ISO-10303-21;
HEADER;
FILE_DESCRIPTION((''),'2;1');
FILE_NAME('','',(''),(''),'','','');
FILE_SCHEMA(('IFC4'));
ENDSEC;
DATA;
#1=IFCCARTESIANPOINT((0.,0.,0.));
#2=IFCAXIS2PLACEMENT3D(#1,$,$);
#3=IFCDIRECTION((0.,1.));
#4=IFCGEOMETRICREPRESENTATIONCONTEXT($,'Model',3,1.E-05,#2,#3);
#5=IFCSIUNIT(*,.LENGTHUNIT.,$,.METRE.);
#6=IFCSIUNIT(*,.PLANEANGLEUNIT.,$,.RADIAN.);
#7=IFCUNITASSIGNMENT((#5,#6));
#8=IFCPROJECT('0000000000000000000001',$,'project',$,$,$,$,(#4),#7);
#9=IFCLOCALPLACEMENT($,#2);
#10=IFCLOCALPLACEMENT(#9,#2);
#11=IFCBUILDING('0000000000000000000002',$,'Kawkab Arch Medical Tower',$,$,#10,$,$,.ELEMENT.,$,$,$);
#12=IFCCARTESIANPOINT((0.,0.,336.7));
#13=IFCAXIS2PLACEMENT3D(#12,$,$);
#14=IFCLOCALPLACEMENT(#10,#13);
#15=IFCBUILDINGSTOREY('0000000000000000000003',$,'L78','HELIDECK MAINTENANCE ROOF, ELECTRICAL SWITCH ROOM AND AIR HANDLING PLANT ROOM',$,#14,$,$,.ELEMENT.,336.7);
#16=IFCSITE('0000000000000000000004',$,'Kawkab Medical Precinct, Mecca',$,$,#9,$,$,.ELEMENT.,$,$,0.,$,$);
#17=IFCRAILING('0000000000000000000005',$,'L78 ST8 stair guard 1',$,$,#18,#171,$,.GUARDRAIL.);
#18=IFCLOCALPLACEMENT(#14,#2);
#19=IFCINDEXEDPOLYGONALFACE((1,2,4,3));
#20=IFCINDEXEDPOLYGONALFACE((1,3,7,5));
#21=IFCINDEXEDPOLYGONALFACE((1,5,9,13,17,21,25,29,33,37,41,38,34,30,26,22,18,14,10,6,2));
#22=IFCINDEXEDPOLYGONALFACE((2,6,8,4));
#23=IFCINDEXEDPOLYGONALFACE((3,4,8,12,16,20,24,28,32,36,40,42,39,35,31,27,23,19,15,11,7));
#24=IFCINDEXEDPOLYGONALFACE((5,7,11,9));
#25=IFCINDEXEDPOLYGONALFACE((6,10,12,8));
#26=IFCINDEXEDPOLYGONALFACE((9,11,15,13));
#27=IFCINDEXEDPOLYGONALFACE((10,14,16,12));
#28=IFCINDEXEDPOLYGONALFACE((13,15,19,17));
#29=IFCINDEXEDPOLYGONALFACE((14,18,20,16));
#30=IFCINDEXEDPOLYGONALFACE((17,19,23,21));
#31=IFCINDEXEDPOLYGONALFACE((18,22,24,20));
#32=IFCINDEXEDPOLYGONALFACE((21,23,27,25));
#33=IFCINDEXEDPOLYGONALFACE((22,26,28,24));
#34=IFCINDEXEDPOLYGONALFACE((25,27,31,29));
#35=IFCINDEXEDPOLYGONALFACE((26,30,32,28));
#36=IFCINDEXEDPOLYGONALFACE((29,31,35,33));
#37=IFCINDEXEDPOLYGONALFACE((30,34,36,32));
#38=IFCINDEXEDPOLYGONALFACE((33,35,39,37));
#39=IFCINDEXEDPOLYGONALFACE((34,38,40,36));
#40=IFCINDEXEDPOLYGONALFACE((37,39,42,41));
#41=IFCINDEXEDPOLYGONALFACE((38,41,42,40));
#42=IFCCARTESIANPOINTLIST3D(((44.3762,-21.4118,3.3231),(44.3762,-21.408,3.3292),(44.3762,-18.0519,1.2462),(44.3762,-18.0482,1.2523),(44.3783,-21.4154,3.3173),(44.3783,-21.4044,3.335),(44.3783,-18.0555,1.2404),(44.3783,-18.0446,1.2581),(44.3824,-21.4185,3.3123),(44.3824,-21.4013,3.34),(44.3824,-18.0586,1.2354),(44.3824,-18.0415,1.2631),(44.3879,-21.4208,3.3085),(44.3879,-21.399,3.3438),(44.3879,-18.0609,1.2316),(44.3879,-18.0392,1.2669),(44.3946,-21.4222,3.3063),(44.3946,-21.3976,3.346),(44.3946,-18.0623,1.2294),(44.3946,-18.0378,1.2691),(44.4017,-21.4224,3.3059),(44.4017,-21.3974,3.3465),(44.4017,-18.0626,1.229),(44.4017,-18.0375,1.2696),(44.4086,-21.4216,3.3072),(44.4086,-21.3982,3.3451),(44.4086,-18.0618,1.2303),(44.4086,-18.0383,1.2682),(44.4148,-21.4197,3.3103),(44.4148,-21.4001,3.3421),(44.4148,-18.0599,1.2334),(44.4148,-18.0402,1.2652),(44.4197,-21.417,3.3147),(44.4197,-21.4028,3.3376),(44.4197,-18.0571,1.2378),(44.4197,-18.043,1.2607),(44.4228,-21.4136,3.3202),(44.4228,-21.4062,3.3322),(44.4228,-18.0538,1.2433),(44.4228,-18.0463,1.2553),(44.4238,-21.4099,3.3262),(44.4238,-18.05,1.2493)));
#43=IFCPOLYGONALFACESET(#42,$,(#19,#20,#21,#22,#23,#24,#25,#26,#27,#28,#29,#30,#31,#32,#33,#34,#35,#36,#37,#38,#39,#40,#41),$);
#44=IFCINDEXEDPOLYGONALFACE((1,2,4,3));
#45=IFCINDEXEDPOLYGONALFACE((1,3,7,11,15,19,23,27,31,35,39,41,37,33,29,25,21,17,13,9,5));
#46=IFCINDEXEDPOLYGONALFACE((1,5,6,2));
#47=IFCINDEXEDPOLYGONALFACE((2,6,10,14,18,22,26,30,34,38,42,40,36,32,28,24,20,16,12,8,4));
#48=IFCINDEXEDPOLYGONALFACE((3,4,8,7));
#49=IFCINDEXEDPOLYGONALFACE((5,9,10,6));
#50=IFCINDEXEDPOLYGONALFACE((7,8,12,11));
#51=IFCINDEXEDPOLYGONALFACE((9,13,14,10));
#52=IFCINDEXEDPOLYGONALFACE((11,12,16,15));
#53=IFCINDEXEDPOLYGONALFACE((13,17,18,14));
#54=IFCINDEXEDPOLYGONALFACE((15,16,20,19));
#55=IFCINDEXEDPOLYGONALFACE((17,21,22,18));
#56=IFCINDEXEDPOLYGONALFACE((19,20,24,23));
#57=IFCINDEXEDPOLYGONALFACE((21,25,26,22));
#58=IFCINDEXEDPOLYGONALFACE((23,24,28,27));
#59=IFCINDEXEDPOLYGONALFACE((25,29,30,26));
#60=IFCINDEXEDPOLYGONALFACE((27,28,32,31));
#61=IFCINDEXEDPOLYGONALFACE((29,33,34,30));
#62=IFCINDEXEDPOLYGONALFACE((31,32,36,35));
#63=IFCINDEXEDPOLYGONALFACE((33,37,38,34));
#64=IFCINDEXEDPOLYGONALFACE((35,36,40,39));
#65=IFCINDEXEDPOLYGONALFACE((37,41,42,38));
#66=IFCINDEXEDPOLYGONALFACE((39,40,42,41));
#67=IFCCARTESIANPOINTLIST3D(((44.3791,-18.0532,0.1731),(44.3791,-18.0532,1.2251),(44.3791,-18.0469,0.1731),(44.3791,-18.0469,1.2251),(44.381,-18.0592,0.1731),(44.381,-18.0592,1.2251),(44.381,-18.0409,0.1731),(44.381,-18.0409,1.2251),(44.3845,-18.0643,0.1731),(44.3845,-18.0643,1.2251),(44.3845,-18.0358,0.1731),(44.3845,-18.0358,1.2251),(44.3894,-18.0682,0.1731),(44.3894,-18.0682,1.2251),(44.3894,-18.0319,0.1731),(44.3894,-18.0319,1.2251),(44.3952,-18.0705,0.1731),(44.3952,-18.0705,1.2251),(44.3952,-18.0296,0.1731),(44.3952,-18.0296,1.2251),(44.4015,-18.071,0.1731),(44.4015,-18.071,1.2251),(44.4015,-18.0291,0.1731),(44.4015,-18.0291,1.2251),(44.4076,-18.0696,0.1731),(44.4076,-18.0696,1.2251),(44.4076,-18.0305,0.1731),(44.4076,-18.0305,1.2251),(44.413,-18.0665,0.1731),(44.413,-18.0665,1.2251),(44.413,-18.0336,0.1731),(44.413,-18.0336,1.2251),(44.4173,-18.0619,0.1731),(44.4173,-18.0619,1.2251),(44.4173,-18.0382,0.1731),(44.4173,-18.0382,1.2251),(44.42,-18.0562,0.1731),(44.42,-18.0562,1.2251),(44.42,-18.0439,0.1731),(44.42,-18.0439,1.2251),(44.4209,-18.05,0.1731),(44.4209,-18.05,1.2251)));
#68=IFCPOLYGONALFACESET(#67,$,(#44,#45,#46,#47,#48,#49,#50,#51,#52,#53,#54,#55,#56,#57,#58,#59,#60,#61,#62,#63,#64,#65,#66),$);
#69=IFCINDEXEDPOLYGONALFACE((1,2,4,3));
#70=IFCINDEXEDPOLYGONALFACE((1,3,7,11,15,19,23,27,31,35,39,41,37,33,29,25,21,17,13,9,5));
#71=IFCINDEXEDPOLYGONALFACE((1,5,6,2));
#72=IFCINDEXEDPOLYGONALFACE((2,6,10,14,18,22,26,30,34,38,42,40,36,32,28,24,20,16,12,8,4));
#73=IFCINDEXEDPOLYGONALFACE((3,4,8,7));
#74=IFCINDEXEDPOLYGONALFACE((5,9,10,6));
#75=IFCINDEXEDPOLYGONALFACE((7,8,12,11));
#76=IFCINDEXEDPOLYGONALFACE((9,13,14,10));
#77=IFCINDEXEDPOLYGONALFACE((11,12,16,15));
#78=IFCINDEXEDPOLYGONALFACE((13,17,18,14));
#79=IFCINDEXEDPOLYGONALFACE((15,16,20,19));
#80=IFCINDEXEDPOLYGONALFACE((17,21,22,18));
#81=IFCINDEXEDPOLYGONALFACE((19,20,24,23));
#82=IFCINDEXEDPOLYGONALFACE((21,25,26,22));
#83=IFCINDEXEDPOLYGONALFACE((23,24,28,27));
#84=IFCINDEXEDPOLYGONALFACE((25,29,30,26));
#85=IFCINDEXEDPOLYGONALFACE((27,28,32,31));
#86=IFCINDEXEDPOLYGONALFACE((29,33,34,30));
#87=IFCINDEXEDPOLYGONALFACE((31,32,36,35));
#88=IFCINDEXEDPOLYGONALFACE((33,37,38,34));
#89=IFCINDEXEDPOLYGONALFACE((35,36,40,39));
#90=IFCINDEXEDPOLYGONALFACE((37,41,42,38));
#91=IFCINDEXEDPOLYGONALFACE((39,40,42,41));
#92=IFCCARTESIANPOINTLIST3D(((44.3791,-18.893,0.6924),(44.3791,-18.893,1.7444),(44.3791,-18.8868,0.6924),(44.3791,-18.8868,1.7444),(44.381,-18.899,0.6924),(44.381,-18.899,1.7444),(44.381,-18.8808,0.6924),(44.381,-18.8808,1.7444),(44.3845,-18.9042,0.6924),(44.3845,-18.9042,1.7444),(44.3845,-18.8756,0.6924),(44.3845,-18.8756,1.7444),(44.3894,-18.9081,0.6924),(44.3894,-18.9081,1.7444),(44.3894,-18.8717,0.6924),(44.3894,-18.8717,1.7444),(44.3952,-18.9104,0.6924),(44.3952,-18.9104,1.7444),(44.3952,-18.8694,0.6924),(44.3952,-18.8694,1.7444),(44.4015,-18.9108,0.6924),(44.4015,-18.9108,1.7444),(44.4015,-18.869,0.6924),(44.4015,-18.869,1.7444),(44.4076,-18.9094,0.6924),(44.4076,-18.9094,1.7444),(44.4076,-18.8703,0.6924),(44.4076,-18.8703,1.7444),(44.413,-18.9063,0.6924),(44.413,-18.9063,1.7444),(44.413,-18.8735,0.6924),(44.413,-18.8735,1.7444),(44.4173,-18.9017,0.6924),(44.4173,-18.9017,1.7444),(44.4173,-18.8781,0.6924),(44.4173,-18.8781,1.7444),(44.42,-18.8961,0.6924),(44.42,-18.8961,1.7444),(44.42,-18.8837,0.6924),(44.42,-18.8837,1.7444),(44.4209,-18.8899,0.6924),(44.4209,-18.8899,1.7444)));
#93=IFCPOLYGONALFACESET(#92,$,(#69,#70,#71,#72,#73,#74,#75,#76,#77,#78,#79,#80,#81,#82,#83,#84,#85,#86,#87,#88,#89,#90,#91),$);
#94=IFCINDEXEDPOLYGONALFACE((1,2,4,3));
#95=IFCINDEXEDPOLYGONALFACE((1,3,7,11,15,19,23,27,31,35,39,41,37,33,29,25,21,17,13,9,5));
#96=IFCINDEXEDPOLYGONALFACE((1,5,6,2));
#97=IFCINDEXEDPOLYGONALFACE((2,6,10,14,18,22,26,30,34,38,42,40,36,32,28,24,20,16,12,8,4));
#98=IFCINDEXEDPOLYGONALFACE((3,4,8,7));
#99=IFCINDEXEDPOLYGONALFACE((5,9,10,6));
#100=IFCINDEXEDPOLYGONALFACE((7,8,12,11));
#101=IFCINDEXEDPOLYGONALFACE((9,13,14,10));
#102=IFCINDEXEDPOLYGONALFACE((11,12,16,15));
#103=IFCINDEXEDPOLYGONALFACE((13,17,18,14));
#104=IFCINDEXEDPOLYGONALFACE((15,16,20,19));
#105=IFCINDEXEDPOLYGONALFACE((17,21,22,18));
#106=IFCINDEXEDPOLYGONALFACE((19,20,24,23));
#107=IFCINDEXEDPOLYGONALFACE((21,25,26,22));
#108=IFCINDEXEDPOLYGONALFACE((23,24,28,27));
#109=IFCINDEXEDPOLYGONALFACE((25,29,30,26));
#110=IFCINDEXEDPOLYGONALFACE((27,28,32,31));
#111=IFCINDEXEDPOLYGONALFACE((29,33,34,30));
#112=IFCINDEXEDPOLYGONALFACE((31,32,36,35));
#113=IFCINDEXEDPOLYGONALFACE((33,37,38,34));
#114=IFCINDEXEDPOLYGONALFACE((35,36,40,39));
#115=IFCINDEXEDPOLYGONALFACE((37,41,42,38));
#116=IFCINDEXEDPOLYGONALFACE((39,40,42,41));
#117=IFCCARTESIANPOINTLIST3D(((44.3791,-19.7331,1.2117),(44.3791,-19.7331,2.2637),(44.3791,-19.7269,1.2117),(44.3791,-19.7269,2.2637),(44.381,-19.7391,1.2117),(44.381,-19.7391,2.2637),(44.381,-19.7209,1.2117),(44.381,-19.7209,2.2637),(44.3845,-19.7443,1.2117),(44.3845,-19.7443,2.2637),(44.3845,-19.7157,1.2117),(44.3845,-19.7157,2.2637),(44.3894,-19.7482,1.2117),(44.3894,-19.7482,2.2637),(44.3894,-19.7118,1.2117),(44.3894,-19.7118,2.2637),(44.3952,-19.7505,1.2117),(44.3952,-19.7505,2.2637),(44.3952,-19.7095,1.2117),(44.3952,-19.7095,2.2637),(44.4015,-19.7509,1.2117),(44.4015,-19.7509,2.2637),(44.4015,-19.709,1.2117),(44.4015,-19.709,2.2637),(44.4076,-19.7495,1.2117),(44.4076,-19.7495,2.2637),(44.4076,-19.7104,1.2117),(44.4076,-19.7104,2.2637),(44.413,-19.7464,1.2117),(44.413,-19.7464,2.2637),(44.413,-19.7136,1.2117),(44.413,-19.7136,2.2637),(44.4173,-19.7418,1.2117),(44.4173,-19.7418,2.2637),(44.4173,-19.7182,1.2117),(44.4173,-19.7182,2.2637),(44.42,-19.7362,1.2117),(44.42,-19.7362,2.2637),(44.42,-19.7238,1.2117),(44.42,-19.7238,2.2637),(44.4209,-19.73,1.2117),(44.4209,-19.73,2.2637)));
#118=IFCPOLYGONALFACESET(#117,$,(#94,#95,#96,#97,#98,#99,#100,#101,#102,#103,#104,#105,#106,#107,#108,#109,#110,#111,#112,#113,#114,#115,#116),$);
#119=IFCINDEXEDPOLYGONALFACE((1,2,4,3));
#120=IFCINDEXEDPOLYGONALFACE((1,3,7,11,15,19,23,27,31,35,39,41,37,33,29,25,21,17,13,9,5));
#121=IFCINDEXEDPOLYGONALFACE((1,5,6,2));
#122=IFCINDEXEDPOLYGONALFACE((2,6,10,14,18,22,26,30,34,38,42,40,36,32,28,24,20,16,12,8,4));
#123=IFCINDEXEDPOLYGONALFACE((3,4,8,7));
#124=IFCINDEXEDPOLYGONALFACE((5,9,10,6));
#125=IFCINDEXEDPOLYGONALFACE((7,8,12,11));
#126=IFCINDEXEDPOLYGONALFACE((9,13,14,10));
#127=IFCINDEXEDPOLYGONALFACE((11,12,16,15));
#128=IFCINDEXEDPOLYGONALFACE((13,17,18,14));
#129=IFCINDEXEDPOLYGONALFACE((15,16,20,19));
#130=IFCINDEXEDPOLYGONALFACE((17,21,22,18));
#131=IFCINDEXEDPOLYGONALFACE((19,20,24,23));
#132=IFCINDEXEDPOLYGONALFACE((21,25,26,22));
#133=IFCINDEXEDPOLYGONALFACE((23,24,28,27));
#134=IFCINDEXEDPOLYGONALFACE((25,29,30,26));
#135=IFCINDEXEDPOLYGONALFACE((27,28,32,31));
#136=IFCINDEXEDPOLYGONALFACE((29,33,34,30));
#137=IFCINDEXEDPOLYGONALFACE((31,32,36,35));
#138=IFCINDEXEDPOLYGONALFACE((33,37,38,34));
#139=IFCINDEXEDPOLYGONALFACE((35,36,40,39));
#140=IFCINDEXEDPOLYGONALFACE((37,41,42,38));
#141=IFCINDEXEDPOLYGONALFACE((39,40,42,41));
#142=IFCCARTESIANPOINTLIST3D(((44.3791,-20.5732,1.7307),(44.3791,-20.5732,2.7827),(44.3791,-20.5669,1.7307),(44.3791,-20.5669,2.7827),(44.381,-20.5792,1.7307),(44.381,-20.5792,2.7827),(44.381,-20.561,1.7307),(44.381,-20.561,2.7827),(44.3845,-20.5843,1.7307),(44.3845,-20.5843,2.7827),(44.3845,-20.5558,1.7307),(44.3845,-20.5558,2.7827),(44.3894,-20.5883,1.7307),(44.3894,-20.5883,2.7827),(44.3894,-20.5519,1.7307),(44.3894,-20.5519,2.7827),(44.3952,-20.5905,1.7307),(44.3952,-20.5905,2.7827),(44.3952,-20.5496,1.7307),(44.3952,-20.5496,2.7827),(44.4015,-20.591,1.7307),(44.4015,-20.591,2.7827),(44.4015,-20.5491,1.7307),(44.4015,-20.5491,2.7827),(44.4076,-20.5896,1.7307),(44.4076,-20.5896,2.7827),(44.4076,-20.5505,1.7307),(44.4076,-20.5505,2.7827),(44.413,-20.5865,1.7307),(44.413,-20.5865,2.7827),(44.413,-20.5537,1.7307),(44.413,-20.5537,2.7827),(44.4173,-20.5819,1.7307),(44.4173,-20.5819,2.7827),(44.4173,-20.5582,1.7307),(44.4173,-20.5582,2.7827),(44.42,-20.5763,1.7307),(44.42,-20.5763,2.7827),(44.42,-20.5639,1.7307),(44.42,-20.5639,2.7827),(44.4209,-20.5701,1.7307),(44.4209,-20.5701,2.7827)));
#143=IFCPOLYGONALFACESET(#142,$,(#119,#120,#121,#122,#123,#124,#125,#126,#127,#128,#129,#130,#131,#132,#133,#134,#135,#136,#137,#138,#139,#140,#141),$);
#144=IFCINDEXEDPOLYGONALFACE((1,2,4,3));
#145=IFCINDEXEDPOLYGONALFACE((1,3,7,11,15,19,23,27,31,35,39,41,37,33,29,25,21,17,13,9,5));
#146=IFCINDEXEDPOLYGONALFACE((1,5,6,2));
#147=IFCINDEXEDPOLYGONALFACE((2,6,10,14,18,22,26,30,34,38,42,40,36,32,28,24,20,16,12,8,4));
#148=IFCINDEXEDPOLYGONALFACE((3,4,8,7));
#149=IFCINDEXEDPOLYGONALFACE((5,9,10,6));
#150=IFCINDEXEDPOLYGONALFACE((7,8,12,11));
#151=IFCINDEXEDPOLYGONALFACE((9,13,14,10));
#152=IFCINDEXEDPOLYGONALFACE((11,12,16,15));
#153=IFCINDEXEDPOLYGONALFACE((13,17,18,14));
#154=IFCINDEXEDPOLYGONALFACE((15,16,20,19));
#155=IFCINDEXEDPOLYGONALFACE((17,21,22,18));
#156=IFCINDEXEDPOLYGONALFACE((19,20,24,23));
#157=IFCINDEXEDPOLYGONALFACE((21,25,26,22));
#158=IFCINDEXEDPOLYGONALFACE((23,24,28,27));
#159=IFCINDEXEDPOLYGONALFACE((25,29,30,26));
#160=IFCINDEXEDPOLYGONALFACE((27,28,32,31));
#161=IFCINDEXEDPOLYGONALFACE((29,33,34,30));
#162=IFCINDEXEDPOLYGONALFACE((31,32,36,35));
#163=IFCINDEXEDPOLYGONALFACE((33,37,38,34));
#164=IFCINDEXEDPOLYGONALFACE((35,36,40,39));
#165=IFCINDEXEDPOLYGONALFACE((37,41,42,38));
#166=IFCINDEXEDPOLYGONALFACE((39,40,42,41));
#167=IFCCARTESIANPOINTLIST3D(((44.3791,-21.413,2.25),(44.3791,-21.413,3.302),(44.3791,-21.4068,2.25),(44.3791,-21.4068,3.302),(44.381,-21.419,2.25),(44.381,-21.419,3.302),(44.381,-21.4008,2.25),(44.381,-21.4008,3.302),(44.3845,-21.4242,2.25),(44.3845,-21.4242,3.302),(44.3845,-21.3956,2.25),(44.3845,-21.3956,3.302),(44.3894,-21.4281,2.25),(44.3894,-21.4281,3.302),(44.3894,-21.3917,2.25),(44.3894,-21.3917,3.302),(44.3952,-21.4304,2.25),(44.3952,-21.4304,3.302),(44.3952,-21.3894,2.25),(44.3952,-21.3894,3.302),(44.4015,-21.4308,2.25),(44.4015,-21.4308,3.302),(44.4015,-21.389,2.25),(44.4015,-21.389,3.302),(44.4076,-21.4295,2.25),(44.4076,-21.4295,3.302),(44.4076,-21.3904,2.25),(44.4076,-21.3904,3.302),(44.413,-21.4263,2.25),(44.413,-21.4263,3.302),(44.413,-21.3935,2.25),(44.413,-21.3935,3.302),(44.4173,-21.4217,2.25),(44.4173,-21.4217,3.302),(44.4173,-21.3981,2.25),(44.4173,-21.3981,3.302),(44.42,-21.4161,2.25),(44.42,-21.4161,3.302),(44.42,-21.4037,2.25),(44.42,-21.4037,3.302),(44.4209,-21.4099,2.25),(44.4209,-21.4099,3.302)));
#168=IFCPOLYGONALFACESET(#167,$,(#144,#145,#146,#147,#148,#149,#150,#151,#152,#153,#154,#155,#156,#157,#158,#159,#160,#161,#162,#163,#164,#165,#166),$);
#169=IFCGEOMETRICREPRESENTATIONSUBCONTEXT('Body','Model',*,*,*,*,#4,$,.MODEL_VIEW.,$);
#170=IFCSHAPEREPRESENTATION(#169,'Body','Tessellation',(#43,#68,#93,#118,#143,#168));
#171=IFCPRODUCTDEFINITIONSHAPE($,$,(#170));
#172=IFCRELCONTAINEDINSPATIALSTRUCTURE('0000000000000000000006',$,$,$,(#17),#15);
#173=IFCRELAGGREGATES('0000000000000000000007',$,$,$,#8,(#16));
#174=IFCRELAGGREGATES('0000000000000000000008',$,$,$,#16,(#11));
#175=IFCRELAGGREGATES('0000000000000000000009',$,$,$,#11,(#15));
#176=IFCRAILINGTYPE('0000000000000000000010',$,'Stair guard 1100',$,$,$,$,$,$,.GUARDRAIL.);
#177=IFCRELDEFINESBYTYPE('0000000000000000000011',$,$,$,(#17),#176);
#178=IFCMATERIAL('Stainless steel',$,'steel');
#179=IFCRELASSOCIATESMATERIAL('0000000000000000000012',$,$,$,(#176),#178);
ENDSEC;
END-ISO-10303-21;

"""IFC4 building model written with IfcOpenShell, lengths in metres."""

from ifc_helpers import new_model, si_unit, direction, frame, origin, origin_2d, place, context, subcontext, project, spatial, circle, extrude, material, type_object, element, save


model = new_model("IFC4")

# Units and contexts
model_context = context("Model", 3, precision=1e-05, world=origin(), true_north=direction((0.0, 1.0)))
body_context = subcontext(model_context, "Body", "Model", "MODEL_VIEW")
ifc_project = project(units=[si_unit("LENGTHUNIT", "METRE"), si_unit("PLANEANGLEUNIT", "RADIAN")], contexts=[model_context])

# Site, building, storey
site_placement = place(None, origin())
site = spatial("IfcSite", under=ifc_project, at=site_placement, Name="Kawkab Medical Precinct, Mecca", CompositionType="ELEMENT", RefElevation=0.0)
building_placement = place(site_placement, origin())
building = spatial("IfcBuilding", under=site, at=building_placement, Name="Kawkab Arch Medical Tower", CompositionType="ELEMENT")
storey_placement = place(building_placement, frame((0.0, 0.0, 336.7)))
storey = spatial("IfcBuildingStorey", under=building, at=storey_placement, Name="L78", Description="HELIDECK MAINTENANCE ROOF, ELECTRICAL SWITCH ROOM AND AIR HANDLING PLANT ROOM", CompositionType="ELEMENT", Elevation=336.7)

# Railing
ifc_material_1 = material(Name="Stainless steel", Category="steel")
railing_type = type_object("IfcRailingType", Name="Stair guard 1100", PredefinedType="GUARDRAIL", material=ifc_material_1)
railing_1_placement = place(storey_placement, frame((44.3999, -18.05, 0.1731)))
element("IfcRailing", 1, at=railing_1_placement, inside=storey, type_object=railing_type, Name="L78 ST8 stair guard 1", PredefinedType="GUARDRAIL", context=body_context, shape_type="SweptSolid", body=[
    extrude(circle(Radius=0.0239, at=origin_2d()), frame((0.0, 0.0, 1.0762), z_axis=(0.0, -0.850606, 0.525803), x_axis=(1.0, 0.0, 0.0)), (0.0, 0.0, 1.0), 3.95),
    extrude(circle(Radius=0.021, at=origin_2d()), origin(), (0.0, 0.0, 1.0), 1.052),
    extrude(circle(Radius=0.021, at=origin_2d()), frame((0.0, -0.8398, 0.5193)), (0.0, 0.0, 1.0), 1.052),
    extrude(circle(Radius=0.021, at=origin_2d()), frame((0.0, -1.6799, 1.0386)), (0.0, 0.0, 1.0), 1.052),
    extrude(circle(Radius=0.021, at=origin_2d()), frame((0.0, -2.52, 1.5576)), (0.0, 0.0, 1.0), 1.052),
    extrude(circle(Radius=0.021, at=origin_2d()), frame((0.0, -3.3599, 2.0769)), (0.0, 0.0, 1.0), 1.052),
])

save(model, "model.ifc")
